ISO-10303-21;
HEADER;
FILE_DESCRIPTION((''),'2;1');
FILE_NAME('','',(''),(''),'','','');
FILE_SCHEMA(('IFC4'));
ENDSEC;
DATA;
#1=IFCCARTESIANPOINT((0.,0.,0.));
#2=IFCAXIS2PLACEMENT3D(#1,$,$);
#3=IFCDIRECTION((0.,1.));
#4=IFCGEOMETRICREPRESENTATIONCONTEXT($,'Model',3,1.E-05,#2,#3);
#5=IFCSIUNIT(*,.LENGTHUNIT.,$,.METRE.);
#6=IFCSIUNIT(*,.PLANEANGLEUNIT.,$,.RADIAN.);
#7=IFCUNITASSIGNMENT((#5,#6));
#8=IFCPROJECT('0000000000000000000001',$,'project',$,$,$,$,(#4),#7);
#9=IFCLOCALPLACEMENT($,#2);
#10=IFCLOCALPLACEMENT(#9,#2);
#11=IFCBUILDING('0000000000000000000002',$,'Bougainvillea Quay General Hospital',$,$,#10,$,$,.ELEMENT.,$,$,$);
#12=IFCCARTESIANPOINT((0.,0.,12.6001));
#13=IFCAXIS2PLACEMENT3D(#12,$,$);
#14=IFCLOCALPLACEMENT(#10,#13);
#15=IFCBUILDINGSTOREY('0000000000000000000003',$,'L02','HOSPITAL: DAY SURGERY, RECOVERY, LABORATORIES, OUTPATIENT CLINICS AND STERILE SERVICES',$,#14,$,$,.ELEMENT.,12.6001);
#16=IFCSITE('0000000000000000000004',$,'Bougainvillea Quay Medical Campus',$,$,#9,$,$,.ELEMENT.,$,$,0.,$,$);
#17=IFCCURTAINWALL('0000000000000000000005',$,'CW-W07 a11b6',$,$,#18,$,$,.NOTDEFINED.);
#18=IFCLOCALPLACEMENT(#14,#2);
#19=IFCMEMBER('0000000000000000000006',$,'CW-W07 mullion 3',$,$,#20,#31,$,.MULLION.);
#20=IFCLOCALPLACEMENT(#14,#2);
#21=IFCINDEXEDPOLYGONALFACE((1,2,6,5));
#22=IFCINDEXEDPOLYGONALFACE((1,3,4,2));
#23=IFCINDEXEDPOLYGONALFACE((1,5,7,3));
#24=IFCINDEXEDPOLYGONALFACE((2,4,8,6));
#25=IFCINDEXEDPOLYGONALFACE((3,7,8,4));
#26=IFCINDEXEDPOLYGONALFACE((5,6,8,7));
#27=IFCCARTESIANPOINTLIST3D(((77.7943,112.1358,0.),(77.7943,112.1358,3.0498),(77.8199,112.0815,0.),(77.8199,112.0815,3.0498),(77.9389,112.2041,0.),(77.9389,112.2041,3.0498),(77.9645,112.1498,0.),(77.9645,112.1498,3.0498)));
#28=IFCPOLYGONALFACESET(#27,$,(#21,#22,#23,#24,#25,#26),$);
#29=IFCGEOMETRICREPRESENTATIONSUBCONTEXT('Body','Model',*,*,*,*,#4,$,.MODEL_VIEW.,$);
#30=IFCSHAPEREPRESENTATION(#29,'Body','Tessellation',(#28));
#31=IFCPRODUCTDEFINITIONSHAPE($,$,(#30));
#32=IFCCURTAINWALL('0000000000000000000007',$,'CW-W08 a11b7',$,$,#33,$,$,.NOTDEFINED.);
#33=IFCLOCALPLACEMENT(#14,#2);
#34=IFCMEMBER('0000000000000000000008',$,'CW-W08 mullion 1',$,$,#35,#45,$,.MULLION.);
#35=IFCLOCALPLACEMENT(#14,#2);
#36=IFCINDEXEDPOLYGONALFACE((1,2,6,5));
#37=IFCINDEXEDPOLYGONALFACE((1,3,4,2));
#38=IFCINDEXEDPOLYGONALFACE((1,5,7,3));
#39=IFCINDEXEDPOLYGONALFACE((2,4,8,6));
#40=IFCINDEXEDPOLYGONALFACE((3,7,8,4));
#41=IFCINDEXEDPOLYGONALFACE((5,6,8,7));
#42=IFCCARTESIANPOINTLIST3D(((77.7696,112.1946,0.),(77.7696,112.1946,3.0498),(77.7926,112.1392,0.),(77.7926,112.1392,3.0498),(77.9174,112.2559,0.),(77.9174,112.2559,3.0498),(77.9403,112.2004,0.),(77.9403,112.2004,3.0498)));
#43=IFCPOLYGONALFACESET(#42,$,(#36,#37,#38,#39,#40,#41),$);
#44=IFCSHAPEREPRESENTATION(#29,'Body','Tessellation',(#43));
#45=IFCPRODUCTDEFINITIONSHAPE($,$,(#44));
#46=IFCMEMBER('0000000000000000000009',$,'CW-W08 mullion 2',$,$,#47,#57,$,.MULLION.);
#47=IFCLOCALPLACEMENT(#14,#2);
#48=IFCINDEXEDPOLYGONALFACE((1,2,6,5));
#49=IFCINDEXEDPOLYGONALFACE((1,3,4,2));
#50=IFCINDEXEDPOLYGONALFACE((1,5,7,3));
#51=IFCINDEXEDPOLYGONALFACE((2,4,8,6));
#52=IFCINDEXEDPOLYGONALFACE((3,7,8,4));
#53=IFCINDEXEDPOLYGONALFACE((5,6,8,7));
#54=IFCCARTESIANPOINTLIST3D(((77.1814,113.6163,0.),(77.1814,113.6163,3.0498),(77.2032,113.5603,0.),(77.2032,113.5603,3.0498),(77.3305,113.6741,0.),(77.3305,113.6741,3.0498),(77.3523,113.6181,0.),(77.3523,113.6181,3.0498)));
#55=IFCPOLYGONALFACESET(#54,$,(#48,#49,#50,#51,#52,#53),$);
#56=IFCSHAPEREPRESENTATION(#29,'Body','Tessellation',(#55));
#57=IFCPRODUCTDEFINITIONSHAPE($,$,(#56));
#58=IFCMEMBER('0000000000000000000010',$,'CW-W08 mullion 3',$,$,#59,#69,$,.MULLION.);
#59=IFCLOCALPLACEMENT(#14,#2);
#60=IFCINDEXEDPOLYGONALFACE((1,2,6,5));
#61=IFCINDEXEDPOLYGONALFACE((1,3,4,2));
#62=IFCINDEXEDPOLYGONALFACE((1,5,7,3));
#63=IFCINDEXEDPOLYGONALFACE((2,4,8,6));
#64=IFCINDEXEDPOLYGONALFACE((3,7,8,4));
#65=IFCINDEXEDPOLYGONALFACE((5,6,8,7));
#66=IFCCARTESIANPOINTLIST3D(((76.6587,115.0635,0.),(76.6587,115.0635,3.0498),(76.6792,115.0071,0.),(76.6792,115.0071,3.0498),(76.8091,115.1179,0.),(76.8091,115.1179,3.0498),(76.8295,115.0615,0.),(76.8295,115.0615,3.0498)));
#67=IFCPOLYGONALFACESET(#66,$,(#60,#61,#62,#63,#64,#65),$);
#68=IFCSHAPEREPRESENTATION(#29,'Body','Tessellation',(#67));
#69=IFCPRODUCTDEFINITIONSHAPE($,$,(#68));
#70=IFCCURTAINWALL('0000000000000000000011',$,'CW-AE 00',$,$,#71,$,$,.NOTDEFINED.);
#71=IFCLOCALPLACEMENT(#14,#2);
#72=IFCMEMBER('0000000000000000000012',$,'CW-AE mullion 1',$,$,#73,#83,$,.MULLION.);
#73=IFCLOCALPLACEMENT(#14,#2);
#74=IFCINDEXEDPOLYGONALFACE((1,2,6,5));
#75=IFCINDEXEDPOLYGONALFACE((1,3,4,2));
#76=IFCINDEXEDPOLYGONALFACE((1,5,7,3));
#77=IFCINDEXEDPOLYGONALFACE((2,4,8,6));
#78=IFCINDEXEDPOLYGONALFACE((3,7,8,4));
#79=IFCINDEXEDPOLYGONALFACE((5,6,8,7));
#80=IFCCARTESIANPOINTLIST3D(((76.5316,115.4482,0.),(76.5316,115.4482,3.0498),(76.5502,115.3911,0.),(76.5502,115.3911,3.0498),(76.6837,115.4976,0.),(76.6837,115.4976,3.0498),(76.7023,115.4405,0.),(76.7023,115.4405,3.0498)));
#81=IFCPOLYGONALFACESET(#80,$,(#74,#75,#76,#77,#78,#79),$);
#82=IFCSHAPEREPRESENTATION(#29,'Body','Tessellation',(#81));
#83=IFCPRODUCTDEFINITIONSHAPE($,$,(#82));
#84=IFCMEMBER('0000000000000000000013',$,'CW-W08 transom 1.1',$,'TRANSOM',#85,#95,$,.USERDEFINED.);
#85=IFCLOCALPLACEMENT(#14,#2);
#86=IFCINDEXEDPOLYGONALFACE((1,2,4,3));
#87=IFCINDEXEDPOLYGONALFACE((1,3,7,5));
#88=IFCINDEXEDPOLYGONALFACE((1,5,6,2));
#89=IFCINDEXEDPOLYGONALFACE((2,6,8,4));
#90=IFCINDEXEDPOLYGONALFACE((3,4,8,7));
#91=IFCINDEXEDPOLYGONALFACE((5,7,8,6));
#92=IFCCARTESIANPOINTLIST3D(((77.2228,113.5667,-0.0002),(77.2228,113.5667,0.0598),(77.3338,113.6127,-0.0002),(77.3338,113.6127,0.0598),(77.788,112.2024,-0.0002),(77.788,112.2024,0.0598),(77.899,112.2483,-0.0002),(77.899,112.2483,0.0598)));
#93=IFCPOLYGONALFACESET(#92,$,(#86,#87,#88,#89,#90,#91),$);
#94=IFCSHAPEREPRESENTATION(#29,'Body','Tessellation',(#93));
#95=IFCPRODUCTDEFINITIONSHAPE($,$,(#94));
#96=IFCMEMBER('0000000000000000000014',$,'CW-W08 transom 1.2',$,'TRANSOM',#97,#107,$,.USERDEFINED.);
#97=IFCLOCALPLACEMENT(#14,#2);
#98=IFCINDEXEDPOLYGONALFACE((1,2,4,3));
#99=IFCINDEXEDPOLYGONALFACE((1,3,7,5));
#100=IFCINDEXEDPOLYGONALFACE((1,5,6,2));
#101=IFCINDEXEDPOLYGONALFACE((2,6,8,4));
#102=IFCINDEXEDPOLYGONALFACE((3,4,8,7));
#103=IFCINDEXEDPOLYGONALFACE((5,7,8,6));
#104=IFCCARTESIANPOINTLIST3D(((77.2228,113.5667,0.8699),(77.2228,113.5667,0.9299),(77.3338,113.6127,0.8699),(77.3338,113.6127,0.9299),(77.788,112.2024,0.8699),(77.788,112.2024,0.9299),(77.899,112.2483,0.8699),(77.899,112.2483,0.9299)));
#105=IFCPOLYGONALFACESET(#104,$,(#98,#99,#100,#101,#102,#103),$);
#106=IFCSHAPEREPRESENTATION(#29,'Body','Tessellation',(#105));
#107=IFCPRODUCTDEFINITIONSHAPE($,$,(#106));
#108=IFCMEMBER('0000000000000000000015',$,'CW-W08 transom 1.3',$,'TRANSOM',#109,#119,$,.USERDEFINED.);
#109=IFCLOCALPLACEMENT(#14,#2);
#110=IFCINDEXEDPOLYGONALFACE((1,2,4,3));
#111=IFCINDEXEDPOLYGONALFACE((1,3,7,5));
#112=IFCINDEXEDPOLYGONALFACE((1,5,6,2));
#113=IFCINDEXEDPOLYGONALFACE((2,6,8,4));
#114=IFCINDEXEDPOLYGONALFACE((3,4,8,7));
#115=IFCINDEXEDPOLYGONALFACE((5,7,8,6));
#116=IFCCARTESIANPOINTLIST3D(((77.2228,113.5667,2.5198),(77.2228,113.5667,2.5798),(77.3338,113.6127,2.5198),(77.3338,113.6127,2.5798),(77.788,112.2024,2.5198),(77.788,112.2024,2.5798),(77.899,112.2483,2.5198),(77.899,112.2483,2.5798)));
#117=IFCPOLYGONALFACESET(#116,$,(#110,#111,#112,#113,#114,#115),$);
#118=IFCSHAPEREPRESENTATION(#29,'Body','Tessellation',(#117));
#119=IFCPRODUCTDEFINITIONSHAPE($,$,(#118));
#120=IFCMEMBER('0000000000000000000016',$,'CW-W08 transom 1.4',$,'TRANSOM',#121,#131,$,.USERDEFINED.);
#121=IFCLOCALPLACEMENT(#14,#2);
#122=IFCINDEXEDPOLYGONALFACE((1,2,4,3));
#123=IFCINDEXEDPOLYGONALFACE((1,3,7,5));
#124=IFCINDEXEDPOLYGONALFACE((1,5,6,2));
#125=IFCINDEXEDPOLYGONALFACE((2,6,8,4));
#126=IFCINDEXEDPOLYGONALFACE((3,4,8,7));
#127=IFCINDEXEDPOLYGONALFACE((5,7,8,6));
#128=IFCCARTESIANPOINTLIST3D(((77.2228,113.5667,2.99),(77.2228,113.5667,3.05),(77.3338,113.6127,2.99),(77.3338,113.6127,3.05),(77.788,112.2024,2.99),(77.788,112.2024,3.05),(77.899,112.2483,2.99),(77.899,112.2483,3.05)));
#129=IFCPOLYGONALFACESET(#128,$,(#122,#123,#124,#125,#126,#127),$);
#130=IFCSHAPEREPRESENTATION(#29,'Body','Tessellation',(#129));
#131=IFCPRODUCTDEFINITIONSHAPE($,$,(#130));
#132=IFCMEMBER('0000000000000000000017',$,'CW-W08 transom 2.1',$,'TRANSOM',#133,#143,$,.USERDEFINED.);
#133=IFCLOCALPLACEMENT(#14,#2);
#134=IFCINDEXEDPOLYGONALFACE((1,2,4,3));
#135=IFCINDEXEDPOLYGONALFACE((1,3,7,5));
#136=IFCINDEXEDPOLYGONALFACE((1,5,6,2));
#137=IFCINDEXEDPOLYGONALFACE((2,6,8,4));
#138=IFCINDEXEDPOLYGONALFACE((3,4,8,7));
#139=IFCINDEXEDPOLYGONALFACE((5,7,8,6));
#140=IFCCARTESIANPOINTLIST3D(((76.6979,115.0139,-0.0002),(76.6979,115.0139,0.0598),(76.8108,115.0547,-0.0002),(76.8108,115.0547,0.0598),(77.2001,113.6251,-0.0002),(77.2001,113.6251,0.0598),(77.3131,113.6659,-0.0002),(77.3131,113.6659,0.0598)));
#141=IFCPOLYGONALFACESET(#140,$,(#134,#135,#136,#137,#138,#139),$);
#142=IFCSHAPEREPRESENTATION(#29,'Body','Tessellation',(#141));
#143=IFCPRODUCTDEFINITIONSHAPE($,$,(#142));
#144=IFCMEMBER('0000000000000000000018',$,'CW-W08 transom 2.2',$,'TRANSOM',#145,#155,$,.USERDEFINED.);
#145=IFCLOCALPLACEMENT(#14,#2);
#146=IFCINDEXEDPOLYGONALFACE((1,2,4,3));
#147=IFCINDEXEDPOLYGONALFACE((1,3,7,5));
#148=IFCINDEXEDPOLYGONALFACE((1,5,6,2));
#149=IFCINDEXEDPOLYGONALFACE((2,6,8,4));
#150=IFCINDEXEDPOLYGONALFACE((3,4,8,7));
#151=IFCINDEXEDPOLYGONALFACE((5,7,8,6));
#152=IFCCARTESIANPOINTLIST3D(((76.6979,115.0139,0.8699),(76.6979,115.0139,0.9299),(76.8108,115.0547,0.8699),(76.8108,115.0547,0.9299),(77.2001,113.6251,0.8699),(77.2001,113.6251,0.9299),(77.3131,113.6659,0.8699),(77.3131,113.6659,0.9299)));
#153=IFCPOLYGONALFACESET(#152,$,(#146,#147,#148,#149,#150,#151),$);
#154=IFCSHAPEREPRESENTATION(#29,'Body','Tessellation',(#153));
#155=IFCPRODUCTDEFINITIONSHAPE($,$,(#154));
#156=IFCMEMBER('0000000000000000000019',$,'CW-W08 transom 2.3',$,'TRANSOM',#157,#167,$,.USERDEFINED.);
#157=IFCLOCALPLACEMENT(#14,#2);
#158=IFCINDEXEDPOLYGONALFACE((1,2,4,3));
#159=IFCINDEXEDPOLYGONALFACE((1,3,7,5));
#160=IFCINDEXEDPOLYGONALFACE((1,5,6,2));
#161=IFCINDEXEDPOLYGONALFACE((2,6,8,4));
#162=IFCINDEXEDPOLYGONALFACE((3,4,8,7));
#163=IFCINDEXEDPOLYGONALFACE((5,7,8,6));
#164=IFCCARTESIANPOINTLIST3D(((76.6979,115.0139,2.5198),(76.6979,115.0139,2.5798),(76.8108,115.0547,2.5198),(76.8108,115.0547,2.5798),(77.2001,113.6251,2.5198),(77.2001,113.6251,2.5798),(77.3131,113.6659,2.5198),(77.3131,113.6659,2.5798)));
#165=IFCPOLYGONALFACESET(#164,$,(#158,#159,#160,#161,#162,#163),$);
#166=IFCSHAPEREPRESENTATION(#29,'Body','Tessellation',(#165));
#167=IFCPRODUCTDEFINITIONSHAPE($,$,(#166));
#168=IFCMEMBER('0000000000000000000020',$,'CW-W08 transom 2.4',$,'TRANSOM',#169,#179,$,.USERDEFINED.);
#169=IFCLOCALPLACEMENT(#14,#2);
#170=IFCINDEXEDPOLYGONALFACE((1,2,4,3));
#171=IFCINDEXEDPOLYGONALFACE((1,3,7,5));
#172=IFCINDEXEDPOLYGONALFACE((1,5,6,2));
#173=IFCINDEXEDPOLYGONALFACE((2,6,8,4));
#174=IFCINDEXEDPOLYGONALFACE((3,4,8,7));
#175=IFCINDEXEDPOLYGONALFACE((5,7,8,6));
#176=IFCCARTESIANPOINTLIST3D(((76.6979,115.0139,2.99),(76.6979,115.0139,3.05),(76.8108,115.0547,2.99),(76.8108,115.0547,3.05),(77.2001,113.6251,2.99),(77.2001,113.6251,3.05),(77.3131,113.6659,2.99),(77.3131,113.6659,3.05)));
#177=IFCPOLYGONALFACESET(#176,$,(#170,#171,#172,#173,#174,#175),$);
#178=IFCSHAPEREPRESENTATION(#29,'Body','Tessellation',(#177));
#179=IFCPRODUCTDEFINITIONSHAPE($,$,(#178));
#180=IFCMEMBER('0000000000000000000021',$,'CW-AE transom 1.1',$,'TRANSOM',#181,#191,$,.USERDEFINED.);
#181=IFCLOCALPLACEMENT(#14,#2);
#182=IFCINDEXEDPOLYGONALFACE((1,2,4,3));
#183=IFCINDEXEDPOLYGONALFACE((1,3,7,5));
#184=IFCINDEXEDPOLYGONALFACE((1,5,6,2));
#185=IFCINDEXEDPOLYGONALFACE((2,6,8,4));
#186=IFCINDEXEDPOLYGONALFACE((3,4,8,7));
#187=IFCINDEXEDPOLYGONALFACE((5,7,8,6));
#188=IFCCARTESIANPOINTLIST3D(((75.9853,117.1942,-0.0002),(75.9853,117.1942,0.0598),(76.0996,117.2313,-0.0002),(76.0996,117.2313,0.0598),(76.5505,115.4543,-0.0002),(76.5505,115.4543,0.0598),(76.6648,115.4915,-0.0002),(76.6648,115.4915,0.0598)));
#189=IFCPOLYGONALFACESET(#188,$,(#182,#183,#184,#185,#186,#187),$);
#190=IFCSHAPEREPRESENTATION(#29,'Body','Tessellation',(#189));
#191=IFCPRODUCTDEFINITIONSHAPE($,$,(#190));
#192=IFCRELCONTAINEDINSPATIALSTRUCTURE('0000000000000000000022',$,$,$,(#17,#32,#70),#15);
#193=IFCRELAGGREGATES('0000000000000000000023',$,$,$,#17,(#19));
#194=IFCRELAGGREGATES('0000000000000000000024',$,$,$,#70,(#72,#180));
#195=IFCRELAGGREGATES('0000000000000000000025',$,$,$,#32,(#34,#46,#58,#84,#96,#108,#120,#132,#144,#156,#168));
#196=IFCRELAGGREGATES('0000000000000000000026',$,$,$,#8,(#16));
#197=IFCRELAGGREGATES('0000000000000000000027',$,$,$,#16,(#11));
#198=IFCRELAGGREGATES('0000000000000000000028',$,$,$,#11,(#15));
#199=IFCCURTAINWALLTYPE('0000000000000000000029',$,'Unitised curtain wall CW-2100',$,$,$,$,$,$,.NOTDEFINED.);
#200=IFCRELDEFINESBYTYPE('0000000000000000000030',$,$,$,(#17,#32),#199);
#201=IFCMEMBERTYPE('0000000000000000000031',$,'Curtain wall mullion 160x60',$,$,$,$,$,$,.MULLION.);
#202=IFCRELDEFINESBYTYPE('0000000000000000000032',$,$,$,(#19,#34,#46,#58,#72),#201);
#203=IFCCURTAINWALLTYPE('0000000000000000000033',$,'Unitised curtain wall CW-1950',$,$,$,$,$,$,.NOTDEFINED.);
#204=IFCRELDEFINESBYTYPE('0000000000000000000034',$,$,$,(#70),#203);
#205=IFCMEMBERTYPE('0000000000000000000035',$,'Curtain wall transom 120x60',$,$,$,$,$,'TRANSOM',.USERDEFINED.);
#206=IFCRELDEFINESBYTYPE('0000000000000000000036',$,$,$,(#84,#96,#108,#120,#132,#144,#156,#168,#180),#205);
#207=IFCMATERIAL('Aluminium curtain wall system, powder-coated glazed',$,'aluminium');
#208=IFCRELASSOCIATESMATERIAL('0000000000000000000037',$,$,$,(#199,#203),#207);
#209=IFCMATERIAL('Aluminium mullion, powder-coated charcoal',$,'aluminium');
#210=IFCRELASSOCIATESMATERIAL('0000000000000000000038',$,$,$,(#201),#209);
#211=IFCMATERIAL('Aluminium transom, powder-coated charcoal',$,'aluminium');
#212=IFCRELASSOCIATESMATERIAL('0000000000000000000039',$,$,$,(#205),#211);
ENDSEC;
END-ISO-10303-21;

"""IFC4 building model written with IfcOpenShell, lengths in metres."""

from ifc_helpers import new_model, si_unit, direction, frame, origin, origin_2d, place, context, subcontext, project, spatial, rectangle, extrude, material, material_profile, profile_set, type_object, element, aggregate, save


model = new_model("IFC4")

# Units and contexts
model_context = context("Model", 3, precision=1e-05, world=origin(), true_north=direction((0.0, 1.0)))
body_context = subcontext(model_context, "Body", "Model", "MODEL_VIEW")
ifc_project = project(units=[si_unit("LENGTHUNIT", "METRE"), si_unit("PLANEANGLEUNIT", "RADIAN")], contexts=[model_context])

# Site, building, storey
site_placement = place(None, origin())
site = spatial("IfcSite", under=ifc_project, at=site_placement, Name="Bougainvillea Quay Medical Campus", CompositionType="ELEMENT", RefElevation=0.0)
building_placement = place(site_placement, origin())
building = spatial("IfcBuilding", under=site, at=building_placement, Name="Bougainvillea Quay General Hospital", CompositionType="ELEMENT")
storey_placement = place(building_placement, frame((0.0, 0.0, 12.6001)))
storey = spatial("IfcBuildingStorey", under=building, at=storey_placement, Name="L02", Description="HOSPITAL: DAY SURGERY, RECOVERY, LABORATORIES, OUTPATIENT CLINICS AND STERILE SERVICES", CompositionType="ELEMENT", Elevation=12.6001)

# Curtain wall, member
ifc_material_1 = material(Name="Aluminium curtain wall system, powder-coated glazed", Category="aluminium")
curtain_wall_type_1 = type_object("IfcCurtainWallType", Name="Unitised curtain wall CW-2100", PredefinedType="NOTDEFINED", material=ifc_material_1)
curtain_wall_1_placement = place(storey_placement, origin())
curtain_wall_1 = element("IfcCurtainWall", 1, at=curtain_wall_1_placement, inside=storey, type_object=curtain_wall_type_1, Name="CW-W07 a11b6", PredefinedType="NOTDEFINED")
ifc_material_2 = material(Name="Aluminium mullion, powder-coated charcoal", Category="aluminium")
ifc_material_profile_1 = material_profile(ifc_material_2, rectangle(XDim=0.1599, YDim=0.0601, at=origin_2d()))
ifc_profile_set_1 = profile_set([ifc_material_profile_1], Name="Aluminium mullion, powder-coated charcoal")
member_type_1 = type_object("IfcMemberType", Name="Curtain wall mullion 160x60", PredefinedType="MULLION", material=ifc_profile_set_1)
member_1_placement = place(storey_placement, frame((77.8794, 112.1428, 0.0), z_axis=(0.0, 0.0, 1.0), x_axis=(-0.904314, -0.426869, 0.0)))
member_1 = element("IfcMember", 2, at=member_1_placement, type_object=member_type_1, Name="CW-W07 mullion 3", PredefinedType="MULLION", context=body_context, shape_type="SweptSolid", body=[
    extrude(rectangle(XDim=0.1599, YDim=0.0601, at=origin_2d()), origin(), (0.0, 0.0, 1.0), 3.0498),
])
aggregate(curtain_wall_1, [member_1])

# Curtain wall, members
curtain_wall_2_placement = place(storey_placement, origin())
curtain_wall_2 = element("IfcCurtainWall", 3, at=curtain_wall_2_placement, inside=storey, type_object=curtain_wall_type_1, Name="CW-W08 a11b7", PredefinedType="NOTDEFINED")
member_2_placement = place(storey_placement, frame((77.855, 112.1975, 0.0), z_axis=(0.0, 0.0, 1.0), x_axis=(-0.923843, -0.38277, 0.0)))
member_2 = element("IfcMember", 4, at=member_2_placement, type_object=member_type_1, Name="CW-W08 mullion 1", PredefinedType="MULLION", context=body_context, shape_type="SweptSolid", body=[
    extrude(rectangle(XDim=0.1599, YDim=0.0601, at=origin_2d()), origin(), (0.0, 0.0, 1.0), 3.0498),
])
member_3_placement = place(storey_placement, frame((77.2668, 113.6172, 0.0), z_axis=(0.0, 0.0, 1.0), x_axis=(-0.932357, -0.36154, 0.0)))
member_3 = element("IfcMember", 5, at=member_3_placement, type_object=member_type_1, Name="CW-W08 mullion 2", PredefinedType="MULLION", context=body_context, shape_type="SweptSolid", body=[
    extrude(rectangle(XDim=0.1599, YDim=0.0601, at=origin_2d()), origin(), (0.0, 0.0, 1.0), 3.0498),
])
member_4_placement = place(storey_placement, frame((76.7441, 115.0625, 0.0), z_axis=(0.0, 0.0, 1.0), x_axis=(-0.940382, -0.34012, 0.0)))
member_4 = element("IfcMember", 6, at=member_4_placement, type_object=member_type_1, Name="CW-W08 mullion 3", PredefinedType="MULLION", context=body_context, shape_type="SweptSolid", body=[
    extrude(rectangle(XDim=0.1599, YDim=0.0601, at=origin_2d()), origin(), (0.0, 0.0, 1.0), 3.0498),
])

# Curtain wall, member
curtain_wall_type_2 = type_object("IfcCurtainWallType", Name="Unitised curtain wall CW-1950", PredefinedType="NOTDEFINED", material=ifc_material_1)
curtain_wall_3_placement = place(storey_placement, origin())
curtain_wall_3 = element("IfcCurtainWall", 7, at=curtain_wall_3_placement, inside=storey, type_object=curtain_wall_type_2, Name="CW-AE 00", PredefinedType="NOTDEFINED")
member_5_placement = place(storey_placement, frame((76.6169, 115.4443, 0.0), z_axis=(0.0, 0.0, 1.0), x_axis=(-0.951072, -0.308971, 0.0)))
member_5 = element("IfcMember", 8, at=member_5_placement, type_object=member_type_1, Name="CW-AE mullion 1", PredefinedType="MULLION", context=body_context, shape_type="SweptSolid", body=[
    extrude(rectangle(XDim=0.1599, YDim=0.0601, at=origin_2d()), origin(), (0.0, 0.0, 1.0), 3.0498),
])

# Members
ifc_material_3 = material(Name="Aluminium transom, powder-coated charcoal", Category="aluminium")
ifc_material_profile_2 = material_profile(ifc_material_3, rectangle(XDim=0.1201, YDim=0.0601, at=origin_2d()))
ifc_profile_set_2 = profile_set([ifc_material_profile_2], Name="Aluminium transom, powder-coated charcoal")
member_type_2 = type_object("IfcMemberType", Name="Curtain wall transom 120x60", ElementType="TRANSOM", PredefinedType="USERDEFINED", material=ifc_profile_set_2)
member_6_placement = place(storey_placement, frame((77.8435, 112.2253, 0.0298), z_axis=(-0.382736, 0.923858, 0.0), x_axis=(-0.923858, -0.382736, 0.0)))
member_6 = element("IfcMember", 9, at=member_6_placement, type_object=member_type_2, Name="CW-W08 transom 1.1", ObjectType="TRANSOM", PredefinedType="USERDEFINED", context=body_context, shape_type="SweptSolid", body=[
    extrude(rectangle(XDim=0.1201, YDim=0.0601, at=origin_2d()), origin(), (0.0, 0.0, 1.0), 1.4768),
])
member_7_placement = place(storey_placement, frame((77.8435, 112.2253, 0.8999), z_axis=(-0.382736, 0.923858, 0.0), x_axis=(-0.923858, -0.382736, 0.0)))
member_7 = element("IfcMember", 10, at=member_7_placement, type_object=member_type_2, Name="CW-W08 transom 1.2", ObjectType="TRANSOM", PredefinedType="USERDEFINED", context=body_context, shape_type="SweptSolid", body=[
    extrude(rectangle(XDim=0.1201, YDim=0.0601, at=origin_2d()), origin(), (0.0, 0.0, 1.0), 1.4768),
])
member_8_placement = place(storey_placement, frame((77.8435, 112.2253, 2.5498), z_axis=(-0.382736, 0.923858, 0.0), x_axis=(-0.923858, -0.382736, 0.0)))
member_8 = element("IfcMember", 11, at=member_8_placement, type_object=member_type_2, Name="CW-W08 transom 1.3", ObjectType="TRANSOM", PredefinedType="USERDEFINED", context=body_context, shape_type="SweptSolid", body=[
    extrude(rectangle(XDim=0.1201, YDim=0.0601, at=origin_2d()), origin(), (0.0, 0.0, 1.0), 1.4768),
])
member_9_placement = place(storey_placement, frame((77.8435, 112.2253, 3.02), z_axis=(-0.382736, 0.923858, 0.0), x_axis=(-0.923858, -0.382736, 0.0)))
member_9 = element("IfcMember", 12, at=member_9_placement, type_object=member_type_2, Name="CW-W08 transom 1.4", ObjectType="TRANSOM", PredefinedType="USERDEFINED", context=body_context, shape_type="SweptSolid", body=[
    extrude(rectangle(XDim=0.1201, YDim=0.0601, at=origin_2d()), origin(), (0.0, 0.0, 1.0), 1.4768),
])
member_10_placement = place(storey_placement, frame((77.2566, 113.6455, 0.0298), z_axis=(-0.340083, 0.940395, 0.0), x_axis=(-0.940395, -0.340083, 0.0)))
member_10 = element("IfcMember", 13, at=member_10_placement, type_object=member_type_2, Name="CW-W08 transom 2.1", ObjectType="TRANSOM", PredefinedType="USERDEFINED", context=body_context, shape_type="SweptSolid", body=[
    extrude(rectangle(XDim=0.1201, YDim=0.0601, at=origin_2d()), origin(), (0.0, 0.0, 1.0), 1.4768),
])
member_11_placement = place(storey_placement, frame((77.2566, 113.6455, 0.8999), z_axis=(-0.340083, 0.940395, 0.0), x_axis=(-0.940395, -0.340083, 0.0)))
member_11 = element("IfcMember", 14, at=member_11_placement, type_object=member_type_2, Name="CW-W08 transom 2.2", ObjectType="TRANSOM", PredefinedType="USERDEFINED", context=body_context, shape_type="SweptSolid", body=[
    extrude(rectangle(XDim=0.1201, YDim=0.0601, at=origin_2d()), origin(), (0.0, 0.0, 1.0), 1.4768),
])
member_12_placement = place(storey_placement, frame((77.2566, 113.6455, 2.5498), z_axis=(-0.340083, 0.940395, 0.0), x_axis=(-0.940395, -0.340083, 0.0)))
member_12 = element("IfcMember", 15, at=member_12_placement, type_object=member_type_2, Name="CW-W08 transom 2.3", ObjectType="TRANSOM", PredefinedType="USERDEFINED", context=body_context, shape_type="SweptSolid", body=[
    extrude(rectangle(XDim=0.1201, YDim=0.0601, at=origin_2d()), origin(), (0.0, 0.0, 1.0), 1.4768),
])
member_13_placement = place(storey_placement, frame((77.2566, 113.6455, 3.02), z_axis=(-0.340083, 0.940395, 0.0), x_axis=(-0.940395, -0.340083, 0.0)))
member_13 = element("IfcMember", 16, at=member_13_placement, type_object=member_type_2, Name="CW-W08 transom 2.4", ObjectType="TRANSOM", PredefinedType="USERDEFINED", context=body_context, shape_type="SweptSolid", body=[
    extrude(rectangle(XDim=0.1201, YDim=0.0601, at=origin_2d()), origin(), (0.0, 0.0, 1.0), 1.4768),
])
member_14_placement = place(storey_placement, frame((76.6077, 115.4729, 0.0298), z_axis=(-0.308971, 0.951071, 0.0), x_axis=(-0.951071, -0.308971, 0.0)))
member_14 = element("IfcMember", 17, at=member_14_placement, type_object=member_type_2, Name="CW-AE transom 1.1", ObjectType="TRANSOM", PredefinedType="USERDEFINED", context=body_context, shape_type="SweptSolid", body=[
    extrude(rectangle(XDim=0.1201, YDim=0.0601, at=origin_2d()), origin(), (0.0, 0.0, 1.0), 1.8293),
])

aggregate(curtain_wall_3, [member_5, member_14])
aggregate(curtain_wall_2, [member_2, member_3, member_4, member_6, member_7, member_8, member_9, member_10, member_11, member_12, member_13])

save(model, "model.ifc")
